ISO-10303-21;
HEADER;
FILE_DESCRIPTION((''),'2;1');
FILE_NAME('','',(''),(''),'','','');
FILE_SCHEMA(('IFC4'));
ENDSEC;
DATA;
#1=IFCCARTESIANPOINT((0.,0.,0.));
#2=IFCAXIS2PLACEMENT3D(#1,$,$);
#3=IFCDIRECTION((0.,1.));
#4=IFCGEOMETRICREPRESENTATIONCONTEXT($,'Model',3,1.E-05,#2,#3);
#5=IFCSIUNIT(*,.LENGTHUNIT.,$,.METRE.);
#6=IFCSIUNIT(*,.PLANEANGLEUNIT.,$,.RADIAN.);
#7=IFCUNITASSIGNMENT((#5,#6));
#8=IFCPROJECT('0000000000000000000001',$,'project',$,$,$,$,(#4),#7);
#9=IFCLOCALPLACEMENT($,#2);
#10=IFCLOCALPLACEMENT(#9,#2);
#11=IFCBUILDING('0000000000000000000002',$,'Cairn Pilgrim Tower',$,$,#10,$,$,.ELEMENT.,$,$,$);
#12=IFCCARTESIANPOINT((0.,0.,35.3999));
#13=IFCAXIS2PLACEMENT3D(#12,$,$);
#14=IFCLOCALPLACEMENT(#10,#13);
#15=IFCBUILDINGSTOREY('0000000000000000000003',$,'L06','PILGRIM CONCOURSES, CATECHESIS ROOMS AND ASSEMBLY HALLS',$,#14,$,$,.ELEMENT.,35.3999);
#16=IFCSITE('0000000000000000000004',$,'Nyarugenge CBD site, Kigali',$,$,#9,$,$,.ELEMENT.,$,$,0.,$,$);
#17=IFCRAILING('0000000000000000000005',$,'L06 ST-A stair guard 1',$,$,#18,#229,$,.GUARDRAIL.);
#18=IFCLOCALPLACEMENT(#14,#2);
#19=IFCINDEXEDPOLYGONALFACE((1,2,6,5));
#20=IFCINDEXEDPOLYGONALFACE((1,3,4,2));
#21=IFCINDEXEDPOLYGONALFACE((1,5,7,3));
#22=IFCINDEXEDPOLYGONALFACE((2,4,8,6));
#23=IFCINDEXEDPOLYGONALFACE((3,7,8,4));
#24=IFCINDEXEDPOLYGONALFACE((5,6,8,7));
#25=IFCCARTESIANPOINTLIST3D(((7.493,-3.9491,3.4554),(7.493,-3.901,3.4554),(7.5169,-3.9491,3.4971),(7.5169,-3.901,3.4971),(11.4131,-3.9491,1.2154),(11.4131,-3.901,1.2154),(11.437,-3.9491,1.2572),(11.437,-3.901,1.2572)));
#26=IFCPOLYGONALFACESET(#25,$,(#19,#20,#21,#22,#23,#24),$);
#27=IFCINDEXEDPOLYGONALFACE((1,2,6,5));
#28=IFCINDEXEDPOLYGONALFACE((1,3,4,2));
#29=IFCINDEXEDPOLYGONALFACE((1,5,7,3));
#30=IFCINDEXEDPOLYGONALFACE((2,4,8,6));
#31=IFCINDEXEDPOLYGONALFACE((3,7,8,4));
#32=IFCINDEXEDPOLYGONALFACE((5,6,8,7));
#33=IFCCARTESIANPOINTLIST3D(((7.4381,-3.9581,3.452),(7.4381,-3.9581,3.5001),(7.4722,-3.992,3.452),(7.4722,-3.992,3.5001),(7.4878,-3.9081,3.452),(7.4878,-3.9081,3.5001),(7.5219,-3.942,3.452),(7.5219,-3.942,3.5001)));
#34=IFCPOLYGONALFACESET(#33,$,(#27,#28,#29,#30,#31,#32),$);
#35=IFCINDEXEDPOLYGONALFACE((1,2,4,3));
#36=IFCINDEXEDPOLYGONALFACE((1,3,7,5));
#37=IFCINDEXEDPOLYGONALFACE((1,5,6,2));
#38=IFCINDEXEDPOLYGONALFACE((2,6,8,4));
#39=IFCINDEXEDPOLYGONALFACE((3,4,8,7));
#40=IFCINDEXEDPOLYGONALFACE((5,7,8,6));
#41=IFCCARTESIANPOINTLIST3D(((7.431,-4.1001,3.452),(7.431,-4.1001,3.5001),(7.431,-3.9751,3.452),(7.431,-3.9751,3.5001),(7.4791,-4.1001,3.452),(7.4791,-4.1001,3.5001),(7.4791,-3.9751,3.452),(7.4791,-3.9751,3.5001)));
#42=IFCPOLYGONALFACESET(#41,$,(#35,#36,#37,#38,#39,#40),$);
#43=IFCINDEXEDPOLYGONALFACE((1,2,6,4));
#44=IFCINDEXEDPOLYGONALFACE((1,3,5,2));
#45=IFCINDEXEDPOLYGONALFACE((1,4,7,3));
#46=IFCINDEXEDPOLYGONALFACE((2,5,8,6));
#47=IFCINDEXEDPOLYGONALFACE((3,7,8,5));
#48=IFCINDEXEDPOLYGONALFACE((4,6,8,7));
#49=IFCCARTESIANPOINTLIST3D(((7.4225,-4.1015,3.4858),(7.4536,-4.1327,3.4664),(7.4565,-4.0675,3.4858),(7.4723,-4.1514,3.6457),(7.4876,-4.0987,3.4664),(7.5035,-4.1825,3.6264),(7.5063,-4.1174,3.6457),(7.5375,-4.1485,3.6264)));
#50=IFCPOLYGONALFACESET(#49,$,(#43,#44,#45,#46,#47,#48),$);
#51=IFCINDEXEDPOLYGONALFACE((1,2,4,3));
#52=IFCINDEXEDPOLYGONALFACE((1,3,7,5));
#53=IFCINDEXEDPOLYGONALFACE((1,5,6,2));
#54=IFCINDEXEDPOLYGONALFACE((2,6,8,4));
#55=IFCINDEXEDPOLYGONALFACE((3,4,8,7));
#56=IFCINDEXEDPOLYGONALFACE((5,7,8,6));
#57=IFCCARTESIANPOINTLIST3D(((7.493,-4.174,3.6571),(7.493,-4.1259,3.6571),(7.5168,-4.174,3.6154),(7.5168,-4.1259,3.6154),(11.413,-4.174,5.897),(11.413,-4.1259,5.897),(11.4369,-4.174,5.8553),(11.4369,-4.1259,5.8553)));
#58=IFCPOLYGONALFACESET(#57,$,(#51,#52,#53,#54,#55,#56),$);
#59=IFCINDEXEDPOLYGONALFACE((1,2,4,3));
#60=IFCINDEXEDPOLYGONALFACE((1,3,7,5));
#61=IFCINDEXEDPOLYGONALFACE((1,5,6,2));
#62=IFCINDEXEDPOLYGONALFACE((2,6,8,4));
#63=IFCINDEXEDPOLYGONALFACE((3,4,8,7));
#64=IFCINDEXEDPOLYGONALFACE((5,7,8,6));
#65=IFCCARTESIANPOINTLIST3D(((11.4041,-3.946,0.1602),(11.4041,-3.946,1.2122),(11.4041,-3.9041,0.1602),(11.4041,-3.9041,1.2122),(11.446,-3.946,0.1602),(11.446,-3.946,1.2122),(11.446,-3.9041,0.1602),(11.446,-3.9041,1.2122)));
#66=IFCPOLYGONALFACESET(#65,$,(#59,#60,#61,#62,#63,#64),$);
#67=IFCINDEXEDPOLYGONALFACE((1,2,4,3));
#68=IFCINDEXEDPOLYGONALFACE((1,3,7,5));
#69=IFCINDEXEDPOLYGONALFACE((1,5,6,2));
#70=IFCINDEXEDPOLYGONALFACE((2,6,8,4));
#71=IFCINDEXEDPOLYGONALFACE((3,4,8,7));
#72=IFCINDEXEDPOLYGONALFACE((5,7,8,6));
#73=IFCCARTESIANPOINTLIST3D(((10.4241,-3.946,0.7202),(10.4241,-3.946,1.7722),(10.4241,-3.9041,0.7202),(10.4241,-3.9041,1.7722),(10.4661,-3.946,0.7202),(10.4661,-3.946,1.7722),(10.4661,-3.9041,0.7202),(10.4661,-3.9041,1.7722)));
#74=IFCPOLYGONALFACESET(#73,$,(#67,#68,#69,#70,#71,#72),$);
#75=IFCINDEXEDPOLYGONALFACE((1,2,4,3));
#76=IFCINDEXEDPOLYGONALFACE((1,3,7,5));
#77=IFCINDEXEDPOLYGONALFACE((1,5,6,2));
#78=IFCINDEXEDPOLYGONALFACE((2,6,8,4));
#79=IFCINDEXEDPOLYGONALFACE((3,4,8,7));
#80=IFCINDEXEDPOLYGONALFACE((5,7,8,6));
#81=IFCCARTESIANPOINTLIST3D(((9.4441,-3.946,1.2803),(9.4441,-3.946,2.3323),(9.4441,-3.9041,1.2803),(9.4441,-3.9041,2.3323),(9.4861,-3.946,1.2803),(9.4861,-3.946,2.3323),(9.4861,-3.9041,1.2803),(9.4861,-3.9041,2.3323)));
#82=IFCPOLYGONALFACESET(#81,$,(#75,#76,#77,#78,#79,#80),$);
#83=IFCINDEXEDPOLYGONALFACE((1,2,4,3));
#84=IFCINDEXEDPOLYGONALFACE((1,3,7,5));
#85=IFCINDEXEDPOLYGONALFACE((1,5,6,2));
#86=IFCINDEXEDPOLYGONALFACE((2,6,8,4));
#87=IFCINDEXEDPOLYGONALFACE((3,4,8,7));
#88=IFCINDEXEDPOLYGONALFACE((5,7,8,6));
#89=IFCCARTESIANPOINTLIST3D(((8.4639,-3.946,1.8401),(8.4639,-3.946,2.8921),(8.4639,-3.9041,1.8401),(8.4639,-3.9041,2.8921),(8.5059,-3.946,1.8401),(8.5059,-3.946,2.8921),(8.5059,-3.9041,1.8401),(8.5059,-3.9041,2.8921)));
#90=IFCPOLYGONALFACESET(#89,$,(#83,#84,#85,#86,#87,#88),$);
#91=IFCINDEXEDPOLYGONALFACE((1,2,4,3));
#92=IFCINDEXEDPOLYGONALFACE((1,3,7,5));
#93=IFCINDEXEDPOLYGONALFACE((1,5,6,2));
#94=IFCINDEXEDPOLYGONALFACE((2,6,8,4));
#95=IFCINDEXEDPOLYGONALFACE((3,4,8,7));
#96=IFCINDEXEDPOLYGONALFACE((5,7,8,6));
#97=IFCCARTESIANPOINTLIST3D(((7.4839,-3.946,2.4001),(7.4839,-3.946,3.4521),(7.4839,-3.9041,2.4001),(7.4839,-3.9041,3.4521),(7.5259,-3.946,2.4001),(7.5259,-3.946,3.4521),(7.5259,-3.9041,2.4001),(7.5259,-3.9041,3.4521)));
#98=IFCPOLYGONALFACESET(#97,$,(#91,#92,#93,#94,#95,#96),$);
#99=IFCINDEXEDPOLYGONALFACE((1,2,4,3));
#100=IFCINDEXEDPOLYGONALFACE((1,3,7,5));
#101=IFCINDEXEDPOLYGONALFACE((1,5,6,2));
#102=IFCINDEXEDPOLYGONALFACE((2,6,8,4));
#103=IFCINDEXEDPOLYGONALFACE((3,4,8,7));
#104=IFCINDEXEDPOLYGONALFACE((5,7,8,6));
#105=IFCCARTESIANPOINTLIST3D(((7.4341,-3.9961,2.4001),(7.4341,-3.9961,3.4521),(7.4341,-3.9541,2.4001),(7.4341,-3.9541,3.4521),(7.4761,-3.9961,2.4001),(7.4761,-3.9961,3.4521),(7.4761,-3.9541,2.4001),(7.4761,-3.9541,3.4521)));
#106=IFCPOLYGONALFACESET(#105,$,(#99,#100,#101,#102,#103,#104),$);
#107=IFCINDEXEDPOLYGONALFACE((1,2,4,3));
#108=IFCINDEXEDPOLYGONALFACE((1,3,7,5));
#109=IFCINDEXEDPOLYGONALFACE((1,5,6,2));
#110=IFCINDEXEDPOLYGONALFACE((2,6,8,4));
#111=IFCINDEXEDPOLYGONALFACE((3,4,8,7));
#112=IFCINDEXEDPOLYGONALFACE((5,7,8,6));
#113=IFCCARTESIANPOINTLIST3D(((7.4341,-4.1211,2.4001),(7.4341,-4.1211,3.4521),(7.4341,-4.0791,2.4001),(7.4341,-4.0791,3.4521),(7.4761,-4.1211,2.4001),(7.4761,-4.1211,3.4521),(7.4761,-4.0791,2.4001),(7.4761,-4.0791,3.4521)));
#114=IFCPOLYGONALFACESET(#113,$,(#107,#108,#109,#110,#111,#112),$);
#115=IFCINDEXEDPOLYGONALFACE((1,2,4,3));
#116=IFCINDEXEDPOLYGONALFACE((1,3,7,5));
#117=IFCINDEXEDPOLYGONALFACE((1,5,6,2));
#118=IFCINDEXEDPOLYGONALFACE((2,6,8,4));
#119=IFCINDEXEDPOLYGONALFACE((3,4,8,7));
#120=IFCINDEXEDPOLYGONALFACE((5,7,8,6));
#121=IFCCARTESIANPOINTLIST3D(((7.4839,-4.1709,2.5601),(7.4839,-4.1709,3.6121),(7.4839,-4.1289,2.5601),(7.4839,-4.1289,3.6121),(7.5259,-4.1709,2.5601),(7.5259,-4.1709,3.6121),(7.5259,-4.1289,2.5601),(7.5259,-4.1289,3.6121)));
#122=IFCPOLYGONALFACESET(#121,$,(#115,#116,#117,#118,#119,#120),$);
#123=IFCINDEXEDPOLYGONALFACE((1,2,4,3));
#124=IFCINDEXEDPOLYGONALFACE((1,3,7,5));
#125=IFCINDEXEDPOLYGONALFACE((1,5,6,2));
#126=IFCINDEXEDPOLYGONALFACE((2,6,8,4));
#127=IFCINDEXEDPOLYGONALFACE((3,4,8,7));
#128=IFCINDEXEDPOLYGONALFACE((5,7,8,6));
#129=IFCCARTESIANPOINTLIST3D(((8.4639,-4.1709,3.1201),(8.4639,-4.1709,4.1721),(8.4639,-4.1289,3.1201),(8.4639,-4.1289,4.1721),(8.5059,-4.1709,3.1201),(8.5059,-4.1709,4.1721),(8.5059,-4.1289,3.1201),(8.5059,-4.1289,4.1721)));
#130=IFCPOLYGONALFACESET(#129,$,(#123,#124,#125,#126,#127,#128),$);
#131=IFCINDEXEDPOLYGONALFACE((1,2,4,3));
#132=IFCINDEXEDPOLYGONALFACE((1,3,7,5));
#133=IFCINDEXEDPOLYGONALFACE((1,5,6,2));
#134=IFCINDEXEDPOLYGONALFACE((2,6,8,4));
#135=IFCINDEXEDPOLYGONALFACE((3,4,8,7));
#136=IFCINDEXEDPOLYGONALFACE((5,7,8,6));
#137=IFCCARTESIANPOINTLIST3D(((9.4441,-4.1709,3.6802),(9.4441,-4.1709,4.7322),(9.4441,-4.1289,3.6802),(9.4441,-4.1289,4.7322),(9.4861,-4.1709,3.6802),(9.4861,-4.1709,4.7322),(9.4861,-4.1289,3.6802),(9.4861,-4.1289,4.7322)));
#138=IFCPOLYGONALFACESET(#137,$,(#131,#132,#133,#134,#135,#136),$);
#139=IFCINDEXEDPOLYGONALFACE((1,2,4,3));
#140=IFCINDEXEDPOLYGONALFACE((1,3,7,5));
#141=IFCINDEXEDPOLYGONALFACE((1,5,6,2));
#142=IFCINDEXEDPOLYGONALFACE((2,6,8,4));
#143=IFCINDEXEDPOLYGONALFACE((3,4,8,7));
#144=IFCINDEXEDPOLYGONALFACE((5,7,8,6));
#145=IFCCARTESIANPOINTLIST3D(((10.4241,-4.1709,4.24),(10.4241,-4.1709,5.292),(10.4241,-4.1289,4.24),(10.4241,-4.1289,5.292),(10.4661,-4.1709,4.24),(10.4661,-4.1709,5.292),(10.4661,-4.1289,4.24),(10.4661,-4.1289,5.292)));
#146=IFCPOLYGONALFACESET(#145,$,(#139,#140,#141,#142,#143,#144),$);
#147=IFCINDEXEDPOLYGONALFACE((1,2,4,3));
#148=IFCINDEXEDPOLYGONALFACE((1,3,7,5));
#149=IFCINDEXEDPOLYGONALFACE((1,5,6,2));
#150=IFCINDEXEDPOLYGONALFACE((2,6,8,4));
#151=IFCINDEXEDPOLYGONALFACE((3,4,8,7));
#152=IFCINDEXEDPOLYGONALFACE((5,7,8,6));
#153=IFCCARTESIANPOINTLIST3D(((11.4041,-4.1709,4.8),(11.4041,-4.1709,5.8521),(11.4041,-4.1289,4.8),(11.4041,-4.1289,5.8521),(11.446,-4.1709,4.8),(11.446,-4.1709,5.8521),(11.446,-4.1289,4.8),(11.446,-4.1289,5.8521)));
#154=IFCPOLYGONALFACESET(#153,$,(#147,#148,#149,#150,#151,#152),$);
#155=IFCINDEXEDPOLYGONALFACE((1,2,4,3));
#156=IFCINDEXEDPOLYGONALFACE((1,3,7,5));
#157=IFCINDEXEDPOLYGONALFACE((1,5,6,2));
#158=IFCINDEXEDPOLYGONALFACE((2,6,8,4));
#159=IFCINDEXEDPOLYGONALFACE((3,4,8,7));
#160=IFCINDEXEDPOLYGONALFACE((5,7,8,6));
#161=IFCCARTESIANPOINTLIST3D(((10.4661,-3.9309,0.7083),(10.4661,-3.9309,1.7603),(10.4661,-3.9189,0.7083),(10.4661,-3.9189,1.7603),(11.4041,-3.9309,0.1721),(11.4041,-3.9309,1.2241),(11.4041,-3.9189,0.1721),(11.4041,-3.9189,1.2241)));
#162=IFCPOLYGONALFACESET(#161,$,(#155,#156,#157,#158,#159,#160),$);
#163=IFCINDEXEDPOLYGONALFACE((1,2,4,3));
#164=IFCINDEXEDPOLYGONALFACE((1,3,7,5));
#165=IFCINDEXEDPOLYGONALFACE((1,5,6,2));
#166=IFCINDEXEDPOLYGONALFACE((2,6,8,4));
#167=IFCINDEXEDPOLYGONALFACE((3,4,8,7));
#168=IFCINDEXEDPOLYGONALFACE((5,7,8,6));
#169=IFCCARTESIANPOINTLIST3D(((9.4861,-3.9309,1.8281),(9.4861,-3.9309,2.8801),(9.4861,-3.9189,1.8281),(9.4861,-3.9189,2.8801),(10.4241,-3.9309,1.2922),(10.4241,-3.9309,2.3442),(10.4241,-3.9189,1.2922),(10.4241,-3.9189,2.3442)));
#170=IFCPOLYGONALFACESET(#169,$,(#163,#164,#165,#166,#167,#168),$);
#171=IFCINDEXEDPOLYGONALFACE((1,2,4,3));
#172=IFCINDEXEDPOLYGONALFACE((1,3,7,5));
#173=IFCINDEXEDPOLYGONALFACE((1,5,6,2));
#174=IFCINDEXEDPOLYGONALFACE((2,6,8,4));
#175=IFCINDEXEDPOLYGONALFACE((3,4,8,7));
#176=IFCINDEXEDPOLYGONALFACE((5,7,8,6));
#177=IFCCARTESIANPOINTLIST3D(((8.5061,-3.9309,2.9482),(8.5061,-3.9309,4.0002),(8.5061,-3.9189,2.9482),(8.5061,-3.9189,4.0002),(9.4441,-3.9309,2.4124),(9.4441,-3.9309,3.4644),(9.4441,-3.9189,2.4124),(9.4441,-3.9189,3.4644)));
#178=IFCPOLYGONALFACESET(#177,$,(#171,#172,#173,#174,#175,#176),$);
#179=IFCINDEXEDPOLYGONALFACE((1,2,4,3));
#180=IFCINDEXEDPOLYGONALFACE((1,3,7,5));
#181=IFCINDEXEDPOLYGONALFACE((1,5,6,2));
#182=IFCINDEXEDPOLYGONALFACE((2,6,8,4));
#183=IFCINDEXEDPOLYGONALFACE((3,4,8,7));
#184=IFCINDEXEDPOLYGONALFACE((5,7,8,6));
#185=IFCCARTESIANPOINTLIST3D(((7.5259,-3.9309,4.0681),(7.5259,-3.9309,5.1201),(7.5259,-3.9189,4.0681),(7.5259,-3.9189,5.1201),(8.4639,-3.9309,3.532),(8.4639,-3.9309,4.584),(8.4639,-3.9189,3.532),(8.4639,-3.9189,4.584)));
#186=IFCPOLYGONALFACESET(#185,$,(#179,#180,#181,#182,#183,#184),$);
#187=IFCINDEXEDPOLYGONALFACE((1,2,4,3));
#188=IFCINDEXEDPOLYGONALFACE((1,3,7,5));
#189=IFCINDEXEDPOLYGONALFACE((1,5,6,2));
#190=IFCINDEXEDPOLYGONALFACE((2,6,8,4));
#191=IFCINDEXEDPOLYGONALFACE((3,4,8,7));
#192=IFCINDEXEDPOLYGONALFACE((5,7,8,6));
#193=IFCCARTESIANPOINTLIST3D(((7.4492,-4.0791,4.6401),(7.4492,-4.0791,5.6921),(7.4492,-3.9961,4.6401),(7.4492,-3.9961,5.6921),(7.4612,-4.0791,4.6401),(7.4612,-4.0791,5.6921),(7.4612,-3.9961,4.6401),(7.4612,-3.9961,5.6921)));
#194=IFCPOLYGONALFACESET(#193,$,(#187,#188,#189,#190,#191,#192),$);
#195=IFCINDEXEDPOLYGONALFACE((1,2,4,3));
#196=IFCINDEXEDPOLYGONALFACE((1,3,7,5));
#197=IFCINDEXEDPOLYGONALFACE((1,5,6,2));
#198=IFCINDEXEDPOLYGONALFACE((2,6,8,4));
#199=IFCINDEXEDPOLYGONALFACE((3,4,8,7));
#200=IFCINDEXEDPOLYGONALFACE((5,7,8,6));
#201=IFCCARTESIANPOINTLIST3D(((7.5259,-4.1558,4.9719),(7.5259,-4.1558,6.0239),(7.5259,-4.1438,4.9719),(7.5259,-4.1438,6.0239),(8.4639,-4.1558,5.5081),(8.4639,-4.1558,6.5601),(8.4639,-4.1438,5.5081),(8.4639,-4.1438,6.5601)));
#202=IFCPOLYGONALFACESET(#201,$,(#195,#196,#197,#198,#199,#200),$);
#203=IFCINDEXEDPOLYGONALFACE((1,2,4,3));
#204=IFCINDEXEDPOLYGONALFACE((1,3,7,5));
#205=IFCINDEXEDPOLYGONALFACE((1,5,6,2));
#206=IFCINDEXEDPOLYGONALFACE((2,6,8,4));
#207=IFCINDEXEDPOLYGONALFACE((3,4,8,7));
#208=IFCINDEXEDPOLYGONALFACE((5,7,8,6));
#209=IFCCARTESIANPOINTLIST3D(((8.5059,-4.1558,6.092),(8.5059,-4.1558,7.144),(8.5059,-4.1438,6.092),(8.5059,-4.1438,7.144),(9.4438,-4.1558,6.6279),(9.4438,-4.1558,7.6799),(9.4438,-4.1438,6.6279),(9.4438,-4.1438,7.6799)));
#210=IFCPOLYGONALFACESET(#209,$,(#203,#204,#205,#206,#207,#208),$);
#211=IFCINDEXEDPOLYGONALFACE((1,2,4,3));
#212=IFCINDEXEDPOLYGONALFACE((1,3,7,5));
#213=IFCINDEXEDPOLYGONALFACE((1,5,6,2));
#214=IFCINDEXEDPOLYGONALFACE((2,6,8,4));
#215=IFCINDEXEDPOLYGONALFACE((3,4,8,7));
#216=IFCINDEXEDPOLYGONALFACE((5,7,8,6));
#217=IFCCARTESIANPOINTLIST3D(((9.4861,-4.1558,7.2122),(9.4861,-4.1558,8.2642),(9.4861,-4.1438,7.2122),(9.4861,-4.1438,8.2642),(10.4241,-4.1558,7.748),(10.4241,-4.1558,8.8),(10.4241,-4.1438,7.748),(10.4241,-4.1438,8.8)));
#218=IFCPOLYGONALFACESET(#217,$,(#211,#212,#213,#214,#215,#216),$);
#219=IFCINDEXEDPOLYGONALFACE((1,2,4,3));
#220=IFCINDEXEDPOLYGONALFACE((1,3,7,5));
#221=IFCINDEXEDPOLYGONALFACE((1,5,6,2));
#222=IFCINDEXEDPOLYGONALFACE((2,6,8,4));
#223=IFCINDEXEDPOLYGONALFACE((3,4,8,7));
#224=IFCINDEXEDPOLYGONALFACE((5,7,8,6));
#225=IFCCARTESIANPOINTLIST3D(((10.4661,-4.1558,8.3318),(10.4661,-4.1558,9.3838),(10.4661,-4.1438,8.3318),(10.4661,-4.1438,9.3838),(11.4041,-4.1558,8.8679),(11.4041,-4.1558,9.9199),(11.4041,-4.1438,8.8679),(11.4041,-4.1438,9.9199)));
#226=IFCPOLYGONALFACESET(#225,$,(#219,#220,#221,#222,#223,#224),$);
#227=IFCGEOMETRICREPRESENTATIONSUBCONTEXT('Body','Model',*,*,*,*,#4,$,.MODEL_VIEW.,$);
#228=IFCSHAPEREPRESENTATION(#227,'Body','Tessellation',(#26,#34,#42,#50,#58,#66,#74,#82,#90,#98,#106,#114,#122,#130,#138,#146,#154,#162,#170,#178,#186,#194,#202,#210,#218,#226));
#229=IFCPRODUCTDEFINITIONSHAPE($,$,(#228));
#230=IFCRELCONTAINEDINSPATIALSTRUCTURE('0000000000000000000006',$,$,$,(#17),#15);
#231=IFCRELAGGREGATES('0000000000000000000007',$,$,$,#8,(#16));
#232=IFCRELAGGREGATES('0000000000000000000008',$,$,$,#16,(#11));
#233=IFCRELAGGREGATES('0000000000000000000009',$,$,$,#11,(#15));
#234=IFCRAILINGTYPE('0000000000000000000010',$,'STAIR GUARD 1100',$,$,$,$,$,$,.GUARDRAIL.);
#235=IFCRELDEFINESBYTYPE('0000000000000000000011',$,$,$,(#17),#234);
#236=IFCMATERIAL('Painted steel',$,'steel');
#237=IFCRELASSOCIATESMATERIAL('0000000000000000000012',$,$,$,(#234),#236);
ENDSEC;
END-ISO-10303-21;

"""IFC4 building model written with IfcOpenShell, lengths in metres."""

from ifc_helpers import new_model, si_unit, direction, frame, origin, origin_2d, place, context, subcontext, project, spatial, polyline, rectangle, outline, extrude, material, type_object, element, save


model = new_model("IFC4")

# Units and contexts
model_context = context("Model", 3, precision=1e-05, world=origin(), true_north=direction((0.0, 1.0)))
body_context = subcontext(model_context, "Body", "Model", "MODEL_VIEW")
ifc_project = project(units=[si_unit("LENGTHUNIT", "METRE"), si_unit("PLANEANGLEUNIT", "RADIAN")], contexts=[model_context])

# Site, building, storey
site_placement = place(None, origin())
site = spatial("IfcSite", under=ifc_project, at=site_placement, Name="Nyarugenge CBD site, Kigali", CompositionType="ELEMENT", RefElevation=0.0)
building_placement = place(site_placement, origin())
building = spatial("IfcBuilding", under=site, at=building_placement, Name="Cairn Pilgrim Tower", CompositionType="ELEMENT")
storey_placement = place(building_placement, frame((0.0, 0.0, 35.3999)))
storey = spatial("IfcBuildingStorey", under=building, at=storey_placement, Name="L06", Description="PILGRIM CONCOURSES, CATECHESIS ROOMS AND ASSEMBLY HALLS", CompositionType="ELEMENT", Elevation=35.3999)

# Railing
ifc_material_1 = material(Name="Painted steel", Category="steel")
railing_type_1 = type_object("IfcRailingType", Name="STAIR GUARD 1100", PredefinedType="GUARDRAIL", material=ifc_material_1)
railing_1_placement = place(storey_placement, frame((11.425, -3.925, 0.1602)))
element("IfcRailing", 1, at=railing_1_placement, inside=storey, type_object=railing_type_1, Name="L06 ST-A stair guard 1", PredefinedType="GUARDRAIL", context=body_context, shape_type="SweptSolid", body=[
    extrude(rectangle(XDim=0.0481, YDim=0.0481, at=origin_2d()), frame((0.0, 0.0, 1.0762), z_axis=(-0.868253, 0.0, 0.496121), x_axis=(0.0, -1.0, 0.0)), (0.0, 0.0, 1.0), 4.5149),
    extrude(rectangle(XDim=0.0481, YDim=0.0481, at=origin_2d()), frame((-3.9202, 0.0, 3.3159), z_axis=(-0.705376, -0.708834, 0.0), x_axis=(0.708834, -0.705376, 0.0)), (0.0, 0.0, 1.0), 0.0706),
    extrude(rectangle(XDim=0.0481, YDim=0.0481, at=origin_2d()), frame((-3.97, -0.05, 3.3159), z_axis=(0.0, -1.0, 0.0), x_axis=(1.0, 0.0, 0.0)), (0.0, 0.0, 1.0), 0.125),
    extrude(rectangle(XDim=0.0481, YDim=0.0481, at=origin_2d()), frame((-3.97, -0.175, 3.3159), z_axis=(0.285027, -0.285027, 0.915161), x_axis=(0.707107, 0.707107, 0.0)), (0.0, 0.0, 1.0), 0.1748),
    extrude(rectangle(XDim=0.0481, YDim=0.0481, at=origin_2d()), frame((-3.9202, -0.2249, 3.4761), z_axis=(0.868253, 0.0, 0.496121), x_axis=(0.0, 1.0, 0.0)), (0.0, 0.0, 1.0), 4.5149),
    extrude(rectangle(XDim=0.042, YDim=0.042, at=origin_2d()), origin(), (0.0, 0.0, 1.0), 1.052),
    extrude(rectangle(XDim=0.042, YDim=0.042, at=origin_2d()), frame((-0.98, 0.0, 0.5601)), (0.0, 0.0, 1.0), 1.052),
    extrude(rectangle(XDim=0.042, YDim=0.042, at=origin_2d()), frame((-1.96, 0.0, 1.1201)), (0.0, 0.0, 1.0), 1.052),
    extrude(rectangle(XDim=0.042, YDim=0.042, at=origin_2d()), frame((-2.9402, 0.0, 1.6799)), (0.0, 0.0, 1.0), 1.052),
    extrude(rectangle(XDim=0.042, YDim=0.042, at=origin_2d()), frame((-3.9202, 0.0, 2.24)), (0.0, 0.0, 1.0), 1.052),
    extrude(rectangle(XDim=0.042, YDim=0.042, at=origin_2d()), frame((-3.97, -0.05, 2.24)), (0.0, 0.0, 1.0), 1.052),
    extrude(rectangle(XDim=0.042, YDim=0.042, at=origin_2d()), frame((-3.97, -0.175, 2.24)), (0.0, 0.0, 1.0), 1.052),
    extrude(rectangle(XDim=0.042, YDim=0.042, at=origin_2d()), frame((-3.9202, -0.2249, 2.3999)), (0.0, 0.0, 1.0), 1.052),
    extrude(rectangle(XDim=0.042, YDim=0.042, at=origin_2d()), frame((-2.9402, -0.2249, 2.96)), (0.0, 0.0, 1.0), 1.052),
    extrude(rectangle(XDim=0.042, YDim=0.042, at=origin_2d()), frame((-1.96, -0.2249, 3.52)), (0.0, 0.0, 1.0), 1.052),
    extrude(rectangle(XDim=0.042, YDim=0.042, at=origin_2d()), frame((-0.98, -0.2249, 4.0798)), (0.0, 0.0, 1.0), 1.052),
    extrude(rectangle(XDim=0.042, YDim=0.042, at=origin_2d()), frame((0.0, -0.2249, 4.6399)), (0.0, 0.0, 1.0), 1.052),
    extrude(outline(polyline([(0.021, 0.012), (0.959, 0.5481), (0.959, 1.6001), (0.021, 1.064), (0.021, 0.012)])), frame((0.0, -0.0059, 0.0), z_axis=(0.0, 1.0, 0.0), x_axis=(-1.0, 0.0, 0.0)), (0.0, 0.0, 1.0), 0.012),
    extrude(outline(polyline([(0.021, 0.572), (0.959, 1.1079), (0.959, 2.1599), (0.021, 1.624), (0.021, 0.572)])), frame((-0.98, -0.0059, 0.5601), z_axis=(0.0, 1.0, 0.0), x_axis=(-1.0, 0.0, 0.0)), (0.0, 0.0, 1.0), 0.012),
    extrude(outline(polyline([(0.021, 1.1321), (0.959, 1.668), (0.959, 2.72), (0.021, 2.1841), (0.021, 1.1321)])), frame((-1.96, -0.0059, 1.1201), z_axis=(0.0, 1.0, 0.0), x_axis=(-1.0, 0.0, 0.0)), (0.0, 0.0, 1.0), 0.012),
    extrude(outline(polyline([(0.021, 1.6919), (0.959, 2.228), (0.959, 3.28), (0.021, 2.7439), (0.021, 1.6919)])), frame((-2.9402, -0.0059, 1.6799), z_axis=(0.0, 1.0, 0.0), x_axis=(-1.0, 0.0, 0.0)), (0.0, 0.0, 1.0), 0.012),
    extrude(outline(polyline([(0.021, 2.24), (0.104, 2.24), (0.104, 3.292), (0.021, 3.292), (0.021, 2.24)])), frame((-3.9639, -0.05, 2.24), z_axis=(-1.0, 0.0, 0.0), x_axis=(0.0, -1.0, 0.0)), (0.0, 0.0, 1.0), 0.012),
    extrude(outline(polyline([(0.021, 2.4119), (0.959, 2.948), (0.959, 4.0), (0.021, 3.4639), (0.021, 2.4119)])), frame((-3.9202, -0.2188, 2.3999), z_axis=(0.0, -1.0, 0.0), x_axis=(1.0, 0.0, 0.0)), (0.0, 0.0, 1.0), 0.012),
    extrude(outline(polyline([(0.021, 2.9719), (0.959, 3.5078), (0.959, 4.5598), (0.021, 4.0239), (0.021, 2.9719)])), frame((-2.9402, -0.2188, 2.96), z_axis=(0.0, -1.0, 0.0), x_axis=(1.0, 0.0, 0.0)), (0.0, 0.0, 1.0), 0.012),
    extrude(outline(polyline([(0.021, 3.532), (0.959, 4.0679), (0.959, 5.1199), (0.021, 4.584), (0.021, 3.532)])), frame((-1.96, -0.2188, 3.52), z_axis=(0.0, -1.0, 0.0), x_axis=(1.0, 0.0, 0.0)), (0.0, 0.0, 1.0), 0.012),
    extrude(outline(polyline([(0.021, 4.0918), (0.959, 4.6279), (0.959, 5.6799), (0.021, 5.1438), (0.021, 4.0918)])), frame((-0.98, -0.2188, 4.0798), z_axis=(0.0, -1.0, 0.0), x_axis=(1.0, 0.0, 0.0)), (0.0, 0.0, 1.0), 0.012),
])

save(model, "model.ifc")
